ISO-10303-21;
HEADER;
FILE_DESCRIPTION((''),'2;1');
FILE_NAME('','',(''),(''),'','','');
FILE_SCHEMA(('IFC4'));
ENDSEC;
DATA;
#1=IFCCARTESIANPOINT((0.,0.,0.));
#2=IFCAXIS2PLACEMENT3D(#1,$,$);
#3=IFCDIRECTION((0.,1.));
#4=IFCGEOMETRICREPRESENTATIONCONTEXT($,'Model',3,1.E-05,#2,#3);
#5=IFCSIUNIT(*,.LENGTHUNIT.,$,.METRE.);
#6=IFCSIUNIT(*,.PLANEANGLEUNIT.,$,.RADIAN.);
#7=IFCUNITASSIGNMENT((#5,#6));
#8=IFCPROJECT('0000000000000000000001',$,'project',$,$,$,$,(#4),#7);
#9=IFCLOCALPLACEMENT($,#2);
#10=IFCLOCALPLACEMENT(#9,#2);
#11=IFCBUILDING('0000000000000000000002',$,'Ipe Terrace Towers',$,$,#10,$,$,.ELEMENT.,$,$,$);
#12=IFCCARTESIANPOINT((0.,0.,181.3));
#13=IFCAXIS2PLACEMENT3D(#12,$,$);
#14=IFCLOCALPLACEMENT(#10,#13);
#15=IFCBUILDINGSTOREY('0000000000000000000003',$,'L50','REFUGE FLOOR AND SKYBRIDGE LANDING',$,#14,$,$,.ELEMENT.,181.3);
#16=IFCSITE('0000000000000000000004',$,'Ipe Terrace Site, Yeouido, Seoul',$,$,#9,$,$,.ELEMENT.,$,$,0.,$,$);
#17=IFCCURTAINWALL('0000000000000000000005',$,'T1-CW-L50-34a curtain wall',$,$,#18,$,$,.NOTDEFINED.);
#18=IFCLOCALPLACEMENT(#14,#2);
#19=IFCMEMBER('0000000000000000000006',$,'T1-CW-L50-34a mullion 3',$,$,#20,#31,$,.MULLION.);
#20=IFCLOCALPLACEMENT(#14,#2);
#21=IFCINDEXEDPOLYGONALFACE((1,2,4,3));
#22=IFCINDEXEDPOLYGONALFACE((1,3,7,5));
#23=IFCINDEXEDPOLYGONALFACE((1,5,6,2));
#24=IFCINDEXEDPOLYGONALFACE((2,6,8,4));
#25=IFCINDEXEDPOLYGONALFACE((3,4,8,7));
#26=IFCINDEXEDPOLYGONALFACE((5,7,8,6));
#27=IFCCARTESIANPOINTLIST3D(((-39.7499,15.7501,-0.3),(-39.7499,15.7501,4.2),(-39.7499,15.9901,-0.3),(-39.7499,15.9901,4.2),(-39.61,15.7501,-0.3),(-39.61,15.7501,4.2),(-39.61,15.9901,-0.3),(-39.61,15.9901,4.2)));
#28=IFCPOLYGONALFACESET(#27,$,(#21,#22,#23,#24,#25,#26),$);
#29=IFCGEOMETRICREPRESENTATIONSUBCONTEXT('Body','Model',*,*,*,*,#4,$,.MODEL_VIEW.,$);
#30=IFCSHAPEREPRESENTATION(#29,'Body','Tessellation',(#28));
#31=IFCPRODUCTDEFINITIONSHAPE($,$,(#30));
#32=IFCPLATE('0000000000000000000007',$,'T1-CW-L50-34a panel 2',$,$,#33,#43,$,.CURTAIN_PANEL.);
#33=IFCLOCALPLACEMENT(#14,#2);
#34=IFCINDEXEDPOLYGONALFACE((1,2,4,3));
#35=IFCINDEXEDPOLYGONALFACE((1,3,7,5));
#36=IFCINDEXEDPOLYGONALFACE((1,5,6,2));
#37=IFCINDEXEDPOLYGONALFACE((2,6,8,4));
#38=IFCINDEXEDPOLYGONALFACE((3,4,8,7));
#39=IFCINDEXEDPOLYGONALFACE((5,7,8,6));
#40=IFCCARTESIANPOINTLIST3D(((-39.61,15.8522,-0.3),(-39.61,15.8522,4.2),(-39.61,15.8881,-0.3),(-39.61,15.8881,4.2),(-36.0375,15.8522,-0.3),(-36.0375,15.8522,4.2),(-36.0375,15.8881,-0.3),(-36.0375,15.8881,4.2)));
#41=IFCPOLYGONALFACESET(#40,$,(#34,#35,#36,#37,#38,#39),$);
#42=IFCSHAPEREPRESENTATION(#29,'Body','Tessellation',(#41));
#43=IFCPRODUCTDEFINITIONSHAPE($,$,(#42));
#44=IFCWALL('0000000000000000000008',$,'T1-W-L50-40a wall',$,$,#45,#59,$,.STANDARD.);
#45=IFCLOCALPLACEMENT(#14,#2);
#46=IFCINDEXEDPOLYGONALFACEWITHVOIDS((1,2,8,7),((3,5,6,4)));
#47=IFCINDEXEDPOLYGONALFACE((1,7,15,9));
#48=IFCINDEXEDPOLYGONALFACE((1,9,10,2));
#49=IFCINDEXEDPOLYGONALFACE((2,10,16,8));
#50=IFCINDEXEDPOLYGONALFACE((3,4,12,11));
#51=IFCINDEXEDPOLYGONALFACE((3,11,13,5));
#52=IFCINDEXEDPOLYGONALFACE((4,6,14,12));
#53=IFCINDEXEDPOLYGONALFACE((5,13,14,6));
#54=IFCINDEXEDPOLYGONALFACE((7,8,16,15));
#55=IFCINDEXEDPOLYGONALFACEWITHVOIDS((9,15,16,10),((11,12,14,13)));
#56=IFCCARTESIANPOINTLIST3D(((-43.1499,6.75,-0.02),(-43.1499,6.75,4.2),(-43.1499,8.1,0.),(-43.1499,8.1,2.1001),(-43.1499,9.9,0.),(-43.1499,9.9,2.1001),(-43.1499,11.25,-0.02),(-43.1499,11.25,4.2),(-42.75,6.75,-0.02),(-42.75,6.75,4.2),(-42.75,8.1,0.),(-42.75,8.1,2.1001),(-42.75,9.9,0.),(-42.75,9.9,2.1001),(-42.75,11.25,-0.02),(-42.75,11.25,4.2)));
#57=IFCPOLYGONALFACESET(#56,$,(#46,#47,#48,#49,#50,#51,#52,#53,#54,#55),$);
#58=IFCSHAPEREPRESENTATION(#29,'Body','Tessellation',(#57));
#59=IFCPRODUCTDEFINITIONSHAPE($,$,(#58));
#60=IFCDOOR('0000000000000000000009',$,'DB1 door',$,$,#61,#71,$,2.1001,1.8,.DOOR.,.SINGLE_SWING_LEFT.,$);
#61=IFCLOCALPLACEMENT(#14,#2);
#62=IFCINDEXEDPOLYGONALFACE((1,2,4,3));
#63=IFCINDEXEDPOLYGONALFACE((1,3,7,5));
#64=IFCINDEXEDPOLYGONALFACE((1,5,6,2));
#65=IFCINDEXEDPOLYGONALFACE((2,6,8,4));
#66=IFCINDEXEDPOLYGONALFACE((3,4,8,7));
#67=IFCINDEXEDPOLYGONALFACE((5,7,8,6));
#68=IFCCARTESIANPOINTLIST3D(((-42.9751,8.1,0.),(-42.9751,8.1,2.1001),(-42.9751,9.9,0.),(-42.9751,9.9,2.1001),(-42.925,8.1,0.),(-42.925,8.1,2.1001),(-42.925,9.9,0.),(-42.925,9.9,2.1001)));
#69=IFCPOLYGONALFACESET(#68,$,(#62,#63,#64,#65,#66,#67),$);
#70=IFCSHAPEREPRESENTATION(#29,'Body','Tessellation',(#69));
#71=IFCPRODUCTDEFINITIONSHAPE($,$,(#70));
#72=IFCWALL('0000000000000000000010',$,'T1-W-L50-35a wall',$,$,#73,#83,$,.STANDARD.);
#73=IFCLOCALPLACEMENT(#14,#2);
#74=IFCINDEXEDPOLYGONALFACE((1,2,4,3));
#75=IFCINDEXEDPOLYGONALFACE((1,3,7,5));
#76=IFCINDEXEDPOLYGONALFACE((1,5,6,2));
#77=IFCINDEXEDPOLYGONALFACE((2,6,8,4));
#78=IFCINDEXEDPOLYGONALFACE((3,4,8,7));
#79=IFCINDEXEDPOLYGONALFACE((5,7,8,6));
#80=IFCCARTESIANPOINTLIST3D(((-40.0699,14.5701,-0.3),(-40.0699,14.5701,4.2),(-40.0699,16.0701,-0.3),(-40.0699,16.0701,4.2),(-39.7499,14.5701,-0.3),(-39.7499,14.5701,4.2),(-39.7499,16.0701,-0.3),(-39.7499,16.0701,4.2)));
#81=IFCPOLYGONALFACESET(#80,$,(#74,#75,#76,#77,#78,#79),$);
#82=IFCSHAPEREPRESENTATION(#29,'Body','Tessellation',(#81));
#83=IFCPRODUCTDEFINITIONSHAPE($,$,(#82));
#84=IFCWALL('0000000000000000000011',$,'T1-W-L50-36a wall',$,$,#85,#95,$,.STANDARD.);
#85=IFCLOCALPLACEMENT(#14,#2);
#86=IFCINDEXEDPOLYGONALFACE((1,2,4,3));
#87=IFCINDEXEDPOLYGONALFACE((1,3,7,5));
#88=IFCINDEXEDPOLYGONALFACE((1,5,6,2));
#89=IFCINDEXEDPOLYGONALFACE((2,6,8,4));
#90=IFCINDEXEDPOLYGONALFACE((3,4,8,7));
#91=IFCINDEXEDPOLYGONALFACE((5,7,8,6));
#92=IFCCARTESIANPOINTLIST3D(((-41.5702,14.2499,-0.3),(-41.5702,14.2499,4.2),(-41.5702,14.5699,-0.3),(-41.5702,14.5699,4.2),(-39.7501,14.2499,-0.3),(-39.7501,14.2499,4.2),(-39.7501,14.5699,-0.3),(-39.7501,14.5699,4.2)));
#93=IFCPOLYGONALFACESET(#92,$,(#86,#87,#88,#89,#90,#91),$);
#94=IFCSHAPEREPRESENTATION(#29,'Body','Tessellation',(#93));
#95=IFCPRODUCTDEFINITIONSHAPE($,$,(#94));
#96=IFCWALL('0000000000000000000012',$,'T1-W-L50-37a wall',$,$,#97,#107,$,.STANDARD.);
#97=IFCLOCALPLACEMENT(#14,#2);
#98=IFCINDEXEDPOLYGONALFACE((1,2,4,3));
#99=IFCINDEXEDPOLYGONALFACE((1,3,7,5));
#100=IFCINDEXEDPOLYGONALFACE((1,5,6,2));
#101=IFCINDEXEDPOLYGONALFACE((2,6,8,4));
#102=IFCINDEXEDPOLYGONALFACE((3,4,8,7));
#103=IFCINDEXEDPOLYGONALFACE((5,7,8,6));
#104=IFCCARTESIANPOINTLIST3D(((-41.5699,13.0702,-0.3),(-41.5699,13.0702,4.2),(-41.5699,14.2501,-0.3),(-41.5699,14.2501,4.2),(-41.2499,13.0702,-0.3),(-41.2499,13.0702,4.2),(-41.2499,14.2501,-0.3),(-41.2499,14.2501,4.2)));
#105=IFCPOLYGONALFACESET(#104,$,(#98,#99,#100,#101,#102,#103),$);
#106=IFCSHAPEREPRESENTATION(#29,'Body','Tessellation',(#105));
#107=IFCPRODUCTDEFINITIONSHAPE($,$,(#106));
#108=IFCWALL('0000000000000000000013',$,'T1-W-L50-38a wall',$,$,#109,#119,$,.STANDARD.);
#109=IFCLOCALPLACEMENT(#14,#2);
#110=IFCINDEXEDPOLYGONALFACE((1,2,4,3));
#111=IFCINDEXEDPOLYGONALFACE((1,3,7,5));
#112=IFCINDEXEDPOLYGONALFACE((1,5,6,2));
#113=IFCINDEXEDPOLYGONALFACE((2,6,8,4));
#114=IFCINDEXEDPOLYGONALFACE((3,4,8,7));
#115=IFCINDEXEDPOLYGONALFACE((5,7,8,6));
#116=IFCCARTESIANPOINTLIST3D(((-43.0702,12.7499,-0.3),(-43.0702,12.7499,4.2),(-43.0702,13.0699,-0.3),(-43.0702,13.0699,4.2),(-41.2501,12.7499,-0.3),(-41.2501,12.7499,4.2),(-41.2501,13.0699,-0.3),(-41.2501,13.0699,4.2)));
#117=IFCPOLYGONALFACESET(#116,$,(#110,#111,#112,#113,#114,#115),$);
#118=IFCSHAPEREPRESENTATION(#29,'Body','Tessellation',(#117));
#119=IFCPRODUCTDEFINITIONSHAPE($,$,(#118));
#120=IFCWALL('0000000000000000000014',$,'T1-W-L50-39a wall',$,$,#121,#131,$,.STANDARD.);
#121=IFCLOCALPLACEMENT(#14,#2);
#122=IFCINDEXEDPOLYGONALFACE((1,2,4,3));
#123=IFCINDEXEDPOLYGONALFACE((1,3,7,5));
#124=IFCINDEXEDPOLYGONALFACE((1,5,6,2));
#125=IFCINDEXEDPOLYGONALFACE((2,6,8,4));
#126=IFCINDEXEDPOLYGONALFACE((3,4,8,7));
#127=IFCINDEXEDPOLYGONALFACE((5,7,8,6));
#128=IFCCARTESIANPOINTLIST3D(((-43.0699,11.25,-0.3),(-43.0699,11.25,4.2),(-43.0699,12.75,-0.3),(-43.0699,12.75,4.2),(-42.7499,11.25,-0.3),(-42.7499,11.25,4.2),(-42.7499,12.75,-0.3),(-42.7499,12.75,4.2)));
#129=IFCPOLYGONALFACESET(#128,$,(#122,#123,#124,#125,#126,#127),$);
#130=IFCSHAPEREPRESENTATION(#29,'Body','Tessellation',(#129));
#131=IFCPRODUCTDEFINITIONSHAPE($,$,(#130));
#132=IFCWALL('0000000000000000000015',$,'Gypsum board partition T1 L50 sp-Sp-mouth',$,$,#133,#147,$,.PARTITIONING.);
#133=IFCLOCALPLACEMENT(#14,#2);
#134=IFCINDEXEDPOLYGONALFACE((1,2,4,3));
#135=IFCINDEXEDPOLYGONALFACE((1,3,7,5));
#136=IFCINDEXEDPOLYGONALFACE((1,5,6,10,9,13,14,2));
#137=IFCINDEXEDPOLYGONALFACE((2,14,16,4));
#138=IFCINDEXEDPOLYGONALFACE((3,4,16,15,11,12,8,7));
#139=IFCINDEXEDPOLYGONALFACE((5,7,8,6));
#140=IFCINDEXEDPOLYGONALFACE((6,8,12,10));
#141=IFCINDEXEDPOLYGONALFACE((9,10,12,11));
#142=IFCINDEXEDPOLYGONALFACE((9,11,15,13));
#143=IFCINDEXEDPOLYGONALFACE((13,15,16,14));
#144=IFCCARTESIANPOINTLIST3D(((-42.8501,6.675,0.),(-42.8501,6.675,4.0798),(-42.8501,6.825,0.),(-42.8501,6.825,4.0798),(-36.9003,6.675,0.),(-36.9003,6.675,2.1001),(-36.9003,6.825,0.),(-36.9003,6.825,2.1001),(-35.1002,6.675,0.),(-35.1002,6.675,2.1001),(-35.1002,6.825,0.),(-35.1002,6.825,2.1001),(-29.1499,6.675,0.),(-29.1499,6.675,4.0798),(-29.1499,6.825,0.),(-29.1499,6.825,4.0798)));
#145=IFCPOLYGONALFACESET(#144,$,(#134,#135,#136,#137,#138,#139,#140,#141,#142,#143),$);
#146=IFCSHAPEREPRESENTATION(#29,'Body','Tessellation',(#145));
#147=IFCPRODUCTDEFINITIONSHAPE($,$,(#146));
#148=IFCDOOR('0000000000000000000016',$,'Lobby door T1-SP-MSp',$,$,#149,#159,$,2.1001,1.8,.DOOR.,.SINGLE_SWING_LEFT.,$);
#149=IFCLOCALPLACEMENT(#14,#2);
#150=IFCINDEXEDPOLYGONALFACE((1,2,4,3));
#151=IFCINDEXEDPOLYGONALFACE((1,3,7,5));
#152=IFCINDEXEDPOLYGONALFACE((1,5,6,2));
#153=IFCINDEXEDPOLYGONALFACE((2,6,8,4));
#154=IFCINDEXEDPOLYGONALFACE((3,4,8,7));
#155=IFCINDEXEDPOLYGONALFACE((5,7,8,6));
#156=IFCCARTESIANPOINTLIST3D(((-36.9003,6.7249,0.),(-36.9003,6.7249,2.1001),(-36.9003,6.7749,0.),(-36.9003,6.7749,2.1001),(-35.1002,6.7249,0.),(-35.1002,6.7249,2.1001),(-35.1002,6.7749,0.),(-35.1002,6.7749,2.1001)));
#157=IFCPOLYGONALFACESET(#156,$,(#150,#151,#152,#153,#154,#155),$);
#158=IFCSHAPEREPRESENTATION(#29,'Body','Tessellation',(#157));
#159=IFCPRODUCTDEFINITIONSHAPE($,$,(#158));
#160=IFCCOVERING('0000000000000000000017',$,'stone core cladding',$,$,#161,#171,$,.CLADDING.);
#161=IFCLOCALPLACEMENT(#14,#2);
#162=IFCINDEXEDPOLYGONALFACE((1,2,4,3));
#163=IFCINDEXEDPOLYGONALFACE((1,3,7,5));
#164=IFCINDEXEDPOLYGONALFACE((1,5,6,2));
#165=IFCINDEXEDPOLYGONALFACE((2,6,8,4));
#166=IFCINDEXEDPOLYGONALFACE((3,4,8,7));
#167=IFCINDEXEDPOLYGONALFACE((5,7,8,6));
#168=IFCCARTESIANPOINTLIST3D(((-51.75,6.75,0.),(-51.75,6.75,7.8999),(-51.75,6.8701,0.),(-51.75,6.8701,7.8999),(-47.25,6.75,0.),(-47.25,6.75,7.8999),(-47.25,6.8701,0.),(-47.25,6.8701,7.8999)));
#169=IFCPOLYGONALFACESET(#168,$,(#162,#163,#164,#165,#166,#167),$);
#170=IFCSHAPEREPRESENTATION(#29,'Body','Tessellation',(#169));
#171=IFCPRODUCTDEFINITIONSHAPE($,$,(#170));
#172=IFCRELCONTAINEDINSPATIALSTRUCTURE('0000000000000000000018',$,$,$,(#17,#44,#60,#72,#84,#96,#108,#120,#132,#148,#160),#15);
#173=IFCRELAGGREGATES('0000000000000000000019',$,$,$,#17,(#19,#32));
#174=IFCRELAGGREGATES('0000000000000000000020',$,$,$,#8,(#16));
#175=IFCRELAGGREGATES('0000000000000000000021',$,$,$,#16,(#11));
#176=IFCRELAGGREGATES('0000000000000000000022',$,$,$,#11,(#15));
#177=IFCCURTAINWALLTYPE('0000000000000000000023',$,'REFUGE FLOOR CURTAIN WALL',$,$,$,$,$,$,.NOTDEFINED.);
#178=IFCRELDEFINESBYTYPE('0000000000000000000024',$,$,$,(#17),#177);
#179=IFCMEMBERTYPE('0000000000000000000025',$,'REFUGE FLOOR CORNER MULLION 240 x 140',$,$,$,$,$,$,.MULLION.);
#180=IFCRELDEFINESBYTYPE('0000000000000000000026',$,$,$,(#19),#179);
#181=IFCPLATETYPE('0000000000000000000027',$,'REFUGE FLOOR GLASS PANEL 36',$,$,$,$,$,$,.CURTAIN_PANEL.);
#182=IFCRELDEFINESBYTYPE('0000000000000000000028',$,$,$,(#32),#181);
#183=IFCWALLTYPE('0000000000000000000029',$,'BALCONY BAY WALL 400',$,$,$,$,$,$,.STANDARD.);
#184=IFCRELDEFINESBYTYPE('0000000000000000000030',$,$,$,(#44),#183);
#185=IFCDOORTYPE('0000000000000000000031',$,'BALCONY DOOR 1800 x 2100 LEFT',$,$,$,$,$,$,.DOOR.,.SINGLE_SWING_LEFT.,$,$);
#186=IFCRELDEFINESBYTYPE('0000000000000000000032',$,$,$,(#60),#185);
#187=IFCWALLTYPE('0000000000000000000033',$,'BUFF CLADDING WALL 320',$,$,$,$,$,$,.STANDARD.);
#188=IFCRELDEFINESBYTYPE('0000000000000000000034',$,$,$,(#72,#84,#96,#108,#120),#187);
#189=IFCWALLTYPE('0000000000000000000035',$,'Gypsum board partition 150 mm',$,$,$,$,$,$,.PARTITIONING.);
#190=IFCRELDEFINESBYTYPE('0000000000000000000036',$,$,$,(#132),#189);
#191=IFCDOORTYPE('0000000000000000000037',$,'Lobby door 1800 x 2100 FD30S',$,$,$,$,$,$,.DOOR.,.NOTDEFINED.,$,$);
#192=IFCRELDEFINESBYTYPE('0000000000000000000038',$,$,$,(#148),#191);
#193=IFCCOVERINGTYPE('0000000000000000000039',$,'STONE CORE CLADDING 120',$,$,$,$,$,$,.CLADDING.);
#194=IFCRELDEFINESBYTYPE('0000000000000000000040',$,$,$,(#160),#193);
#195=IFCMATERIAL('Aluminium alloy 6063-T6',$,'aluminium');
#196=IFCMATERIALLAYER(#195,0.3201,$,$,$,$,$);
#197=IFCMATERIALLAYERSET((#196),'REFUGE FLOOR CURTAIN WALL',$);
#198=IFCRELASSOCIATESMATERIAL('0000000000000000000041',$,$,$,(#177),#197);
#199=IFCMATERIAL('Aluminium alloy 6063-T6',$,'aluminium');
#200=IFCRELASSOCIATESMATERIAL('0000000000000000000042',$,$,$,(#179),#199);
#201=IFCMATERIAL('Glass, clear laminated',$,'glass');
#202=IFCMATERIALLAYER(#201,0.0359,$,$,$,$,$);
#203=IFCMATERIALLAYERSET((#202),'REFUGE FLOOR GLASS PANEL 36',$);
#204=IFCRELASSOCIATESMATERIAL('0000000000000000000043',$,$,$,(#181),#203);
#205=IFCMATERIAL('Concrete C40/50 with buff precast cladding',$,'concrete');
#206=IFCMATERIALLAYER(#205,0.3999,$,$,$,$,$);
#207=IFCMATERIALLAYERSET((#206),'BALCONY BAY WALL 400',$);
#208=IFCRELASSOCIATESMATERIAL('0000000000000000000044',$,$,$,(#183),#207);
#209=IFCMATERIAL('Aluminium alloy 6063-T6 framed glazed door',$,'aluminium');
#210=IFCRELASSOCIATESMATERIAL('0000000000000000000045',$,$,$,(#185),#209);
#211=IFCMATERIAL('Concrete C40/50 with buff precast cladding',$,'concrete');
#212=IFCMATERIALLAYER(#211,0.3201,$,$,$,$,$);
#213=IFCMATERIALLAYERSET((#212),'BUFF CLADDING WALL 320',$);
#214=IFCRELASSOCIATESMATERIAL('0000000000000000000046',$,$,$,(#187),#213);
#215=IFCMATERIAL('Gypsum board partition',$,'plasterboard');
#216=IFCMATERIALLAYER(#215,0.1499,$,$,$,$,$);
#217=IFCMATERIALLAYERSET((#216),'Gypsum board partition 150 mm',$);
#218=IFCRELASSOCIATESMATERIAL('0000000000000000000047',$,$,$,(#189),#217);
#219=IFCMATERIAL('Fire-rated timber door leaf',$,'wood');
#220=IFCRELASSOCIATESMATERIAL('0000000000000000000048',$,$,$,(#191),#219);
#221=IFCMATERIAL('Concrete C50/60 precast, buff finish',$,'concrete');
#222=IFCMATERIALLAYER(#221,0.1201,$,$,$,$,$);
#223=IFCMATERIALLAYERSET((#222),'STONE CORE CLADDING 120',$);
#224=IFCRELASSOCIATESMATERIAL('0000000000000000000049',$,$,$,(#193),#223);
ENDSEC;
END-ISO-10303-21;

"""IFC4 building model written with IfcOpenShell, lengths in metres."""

from ifc_helpers import new_model, si_unit, direction, frame, frame_2d, origin, origin_2d, place, context, subcontext, project, spatial, rectangle, extrude, material, layer, layer_set, material_profile, profile_set, type_object, element, fill, aggregate, save


model = new_model("IFC4")

# Units and contexts
model_context = context("Model", 3, precision=1e-05, world=origin(), true_north=direction((0.0, 1.0)))
body_context = subcontext(model_context, "Body", "Model", "MODEL_VIEW")
ifc_project = project(units=[si_unit("LENGTHUNIT", "METRE"), si_unit("PLANEANGLEUNIT", "RADIAN")], contexts=[model_context])

# Site, building, storey
site_placement = place(None, origin())
site = spatial("IfcSite", under=ifc_project, at=site_placement, Name="Ipe Terrace Site, Yeouido, Seoul", CompositionType="ELEMENT", RefElevation=0.0)
building_placement = place(site_placement, origin())
building = spatial("IfcBuilding", under=site, at=building_placement, Name="Ipe Terrace Towers", CompositionType="ELEMENT")
storey_placement = place(building_placement, frame((0.0, 0.0, 181.3)))
storey = spatial("IfcBuildingStorey", under=building, at=storey_placement, Name="L50", Description="REFUGE FLOOR AND SKYBRIDGE LANDING", CompositionType="ELEMENT", Elevation=181.3)

# Curtain wall, member, plate
ifc_material_1 = material(Name="Aluminium alloy 6063-T6", Category="aluminium")
ifc_layer_1 = layer(ifc_material_1, 0.3201)
ifc_layer_set_1 = layer_set([ifc_layer_1], Name="REFUGE FLOOR CURTAIN WALL")
curtain_wall_type = type_object("IfcCurtainWallType", Name="REFUGE FLOOR CURTAIN WALL", PredefinedType="NOTDEFINED", material=ifc_layer_set_1)
curtain_wall_placement = place(storey_placement, origin())
curtain_wall = element("IfcCurtainWall", 1, at=curtain_wall_placement, inside=storey, type_object=curtain_wall_type, Name="T1-CW-L50-34a curtain wall", PredefinedType="NOTDEFINED")
ifc_material_2 = material(Name="Aluminium alloy 6063-T6", Category="aluminium")
ifc_material_profile_1 = material_profile(ifc_material_2, rectangle(XDim=0.24, YDim=0.1399, at=origin_2d()), Name="REFUGE FLOOR CORNER MULLION 240 x 140")
ifc_profile_set_1 = profile_set([ifc_material_profile_1], Name="Aluminium alloy 6063-T6")
member_type_1 = type_object("IfcMemberType", Name="REFUGE FLOOR CORNER MULLION 240 x 140", PredefinedType="MULLION", material=ifc_profile_set_1)
member_1_placement = place(storey_placement, frame((-39.6799, 15.8701, -0.3), z_axis=(0.0, 0.0, 1.0), x_axis=(0.0, 1.0, 0.0)))
member_1 = element("IfcMember", 2, at=member_1_placement, type_object=member_type_1, Name="T1-CW-L50-34a mullion 3", PredefinedType="MULLION", context=body_context, shape_type="SweptSolid", body=[
    extrude(rectangle(XDim=0.24, YDim=0.1399, at=origin_2d()), origin(), (0.0, 0.0, 1.0), 4.5),
])
ifc_material_3 = material(Name="Glass, clear laminated", Category="glass")
ifc_layer_2 = layer(ifc_material_3, 0.0359)
ifc_layer_set_2 = layer_set([ifc_layer_2], Name="REFUGE FLOOR GLASS PANEL 36")
plate_type = type_object("IfcPlateType", Name="REFUGE FLOOR GLASS PANEL 36", PredefinedType="CURTAIN_PANEL", material=ifc_layer_set_2)
plate_placement = place(storey_placement, frame((-37.8237, 15.8701, -0.3), z_axis=(0.0, 0.0, 1.0), x_axis=(-1.0, 0.0, 0.0)))
plate = element("IfcPlate", 3, at=plate_placement, type_object=plate_type, Name="T1-CW-L50-34a panel 2", PredefinedType="CURTAIN_PANEL", context=body_context, shape_type="SweptSolid", body=[
    extrude(rectangle(XDim=3.5725, YDim=0.0359, at=origin_2d()), origin(), (0.0, 0.0, 1.0), 4.5),
])
aggregate(curtain_wall, [member_1, plate])

# Wall, opening, door
ifc_material_4 = material(Name="Concrete C40/50 with buff precast cladding", Category="concrete")
ifc_layer_3 = layer(ifc_material_4, 0.3999)
ifc_layer_set_3 = layer_set([ifc_layer_3], Name="BALCONY BAY WALL 400")
wall_type_1 = type_object("IfcWallType", Name="BALCONY BAY WALL 400", PredefinedType="STANDARD", material=ifc_layer_set_3)
wall_1_placement = place(storey_placement, frame((-42.95, 11.25, -0.02), z_axis=(0.0, 0.0, 1.0), x_axis=(0.0, -1.0, 0.0)))
wall_1 = element("IfcWall", 4, at=wall_1_placement, inside=storey, type_object=wall_type_1, Name="T1-W-L50-40a wall", PredefinedType="STANDARD", context=body_context, shape_type="SweptSolid", body=[
    extrude(rectangle(XDim=4.5, YDim=0.3999, at=frame_2d((2.25, 0.0))), origin(), (0.0, 0.0, 1.0), 4.22),
])
opening_1_placement = place(wall_1_placement, frame((1.3501, 0.0, 0.02)))
opening_1 = element("IfcOpeningElement", 5, at=opening_1_placement, cuts=wall_1, PredefinedType="OPENING", context=body_context, shape_type="SweptSolid", body=[
    extrude(rectangle(XDim=1.8, YDim=2.1001, at=frame_2d((0.8999, 1.05))), frame((0.0, 0.21, 0.0), z_axis=(0.0, -1.0, 0.0), x_axis=(1.0, 0.0, 0.0)), (0.0, 0.0, 1.0), 0.4199),
])
ifc_material_5 = material(Name="Aluminium alloy 6063-T6 framed glazed door", Category="aluminium")
door_type_1 = type_object("IfcDoorType", Name="BALCONY DOOR 1800 x 2100 LEFT", OperationType="SINGLE_SWING_LEFT", PredefinedType="DOOR", material=ifc_material_5)
door_1_placement = place(opening_1_placement, origin())
door_1 = element("IfcDoor", 6, at=door_1_placement, inside=storey, type_object=door_type_1, Name="DB1 door", OperationType="SINGLE_SWING_LEFT", OverallHeight=2.1001, OverallWidth=1.8, PredefinedType="DOOR", context=body_context, shape_type="SweptSolid", body=[
    extrude(rectangle(XDim=1.8, YDim=2.1001, at=frame_2d((0.8999, 1.05))), frame((0.0, 0.0249, 0.0), z_axis=(0.0, -1.0, 0.0), x_axis=(1.0, 0.0, 0.0)), (0.0, 0.0, 1.0), 0.05),
])
fill(opening_1, door_1)

# Walls
ifc_material_6 = material(Name="Concrete C40/50 with buff precast cladding", Category="concrete")
ifc_layer_4 = layer(ifc_material_6, 0.3201)
ifc_layer_set_4 = layer_set([ifc_layer_4], Name="BUFF CLADDING WALL 320")
wall_type_2 = type_object("IfcWallType", Name="BUFF CLADDING WALL 320", PredefinedType="STANDARD", material=ifc_layer_set_4)
wall_2_placement = place(storey_placement, frame((-39.9099, 16.0701, -0.3), z_axis=(0.0, 0.0, 1.0), x_axis=(0.0, -1.0, 0.0)))
element("IfcWall", 7, at=wall_2_placement, inside=storey, type_object=wall_type_2, Name="T1-W-L50-35a wall", PredefinedType="STANDARD", context=body_context, shape_type="SweptSolid", body=[
    extrude(rectangle(XDim=1.5, YDim=0.3201, at=frame_2d((0.75, 0.0))), origin(), (0.0, 0.0, 1.0), 4.5),
])
wall_3_placement = place(storey_placement, frame((-39.75, 14.4099, -0.3), z_axis=(0.0, 0.0, 1.0), x_axis=(-1.0, 0.0, 0.0)))
element("IfcWall", 8, at=wall_3_placement, inside=storey, type_object=wall_type_2, Name="T1-W-L50-36a wall", PredefinedType="STANDARD", context=body_context, shape_type="SweptSolid", body=[
    extrude(rectangle(XDim=1.8201, YDim=0.3201, at=frame_2d((0.9102, 0.0))), origin(), (0.0, 0.0, 1.0), 4.5),
])
wall_4_placement = place(storey_placement, frame((-41.4099, 14.25, -0.3), z_axis=(0.0, 0.0, 1.0), x_axis=(0.0, -1.0, 0.0)))
element("IfcWall", 9, at=wall_4_placement, inside=storey, type_object=wall_type_2, Name="T1-W-L50-37a wall", PredefinedType="STANDARD", context=body_context, shape_type="SweptSolid", body=[
    extrude(rectangle(XDim=1.1799, YDim=0.3201, at=frame_2d((0.5898, 0.0))), origin(), (0.0, 0.0, 1.0), 4.5),
])
wall_5_placement = place(storey_placement, frame((-41.25, 12.9099, -0.3), z_axis=(0.0, 0.0, 1.0), x_axis=(-1.0, 0.0, 0.0)))
element("IfcWall", 10, at=wall_5_placement, inside=storey, type_object=wall_type_2, Name="T1-W-L50-38a wall", PredefinedType="STANDARD", context=body_context, shape_type="SweptSolid", body=[
    extrude(rectangle(XDim=1.8201, YDim=0.3201, at=frame_2d((0.9102, 0.0))), origin(), (0.0, 0.0, 1.0), 4.5),
])
wall_6_placement = place(storey_placement, frame((-42.9099, 12.75, -0.3), z_axis=(0.0, 0.0, 1.0), x_axis=(0.0, -1.0, 0.0)))
element("IfcWall", 11, at=wall_6_placement, inside=storey, type_object=wall_type_2, Name="T1-W-L50-39a wall", PredefinedType="STANDARD", context=body_context, shape_type="SweptSolid", body=[
    extrude(rectangle(XDim=1.5, YDim=0.3201, at=frame_2d((0.75, 0.0))), origin(), (0.0, 0.0, 1.0), 4.5),
])

# Wall, opening, door
ifc_material_7 = material(Name="Gypsum board partition", Category="plasterboard")
ifc_layer_5 = layer(ifc_material_7, 0.1499)
ifc_layer_set_5 = layer_set([ifc_layer_5], Name="Gypsum board partition 150 mm")
wall_type_3 = type_object("IfcWallType", Name="Gypsum board partition 150 mm", PredefinedType="PARTITIONING", material=ifc_layer_set_5)
wall_7_placement = place(storey_placement, frame((-42.8501, 6.75, 0.0), z_axis=(0.0, 0.0, 1.0), x_axis=(1.0, 0.0, 0.0)))
wall_7 = element("IfcWall", 12, at=wall_7_placement, inside=storey, type_object=wall_type_3, Name="Gypsum board partition T1 L50 sp-Sp-mouth", PredefinedType="PARTITIONING", context=body_context, shape_type="SweptSolid", body=[
    extrude(rectangle(XDim=13.7002, YDim=0.1499, at=frame_2d((6.8501, 0.0))), origin(), (0.0, 0.0, 1.0), 4.0798),
])
opening_2_placement = place(wall_7_placement, frame((5.95, 0.0, 0.0)))
opening_2 = element("IfcOpeningElement", 13, at=opening_2_placement, cuts=wall_7, PredefinedType="OPENING", context=body_context, shape_type="SweptSolid", body=[
    extrude(rectangle(XDim=1.8, YDim=2.1001, at=frame_2d((0.8999, 1.05))), frame((0.0, 0.085, 0.0), z_axis=(0.0, -1.0, 0.0), x_axis=(1.0, 0.0, 0.0)), (0.0, 0.0, 1.0), 0.1699),
])
ifc_material_8 = material(Name="Fire-rated timber door leaf", Category="wood")
door_type_2 = type_object("IfcDoorType", Name="Lobby door 1800 x 2100 FD30S", OperationType="NOTDEFINED", PredefinedType="DOOR", material=ifc_material_8)
door_2_placement = place(opening_2_placement, origin())
door_2 = element("IfcDoor", 14, at=door_2_placement, inside=storey, type_object=door_type_2, Name="Lobby door T1-SP-MSp", OperationType="SINGLE_SWING_LEFT", OverallHeight=2.1001, OverallWidth=1.8, PredefinedType="DOOR", context=body_context, shape_type="SweptSolid", body=[
    extrude(rectangle(XDim=1.8, YDim=2.1001, at=frame_2d((0.8999, 1.05))), frame((0.0, 0.0249, 0.0), z_axis=(0.0, -1.0, 0.0), x_axis=(1.0, 0.0, 0.0)), (0.0, 0.0, 1.0), 0.05),
])
fill(opening_2, door_2)

# Covering
ifc_material_9 = material(Name="Concrete C50/60 precast, buff finish", Category="concrete")
ifc_layer_6 = layer(ifc_material_9, 0.1201)
ifc_layer_set_6 = layer_set([ifc_layer_6], Name="STONE CORE CLADDING 120")
covering_type_1 = type_object("IfcCoveringType", Name="STONE CORE CLADDING 120", PredefinedType="CLADDING", material=ifc_layer_set_6)
covering_1_placement = place(storey_placement, frame((-49.5, 6.8101, 0.0), z_axis=(0.0, 0.0, 1.0), x_axis=(-1.0, 0.0, 0.0)))
element("IfcCovering", 15, at=covering_1_placement, inside=storey, type_object=covering_type_1, Name="stone core cladding", PredefinedType="CLADDING", context=body_context, shape_type="SweptSolid", body=[
    extrude(rectangle(XDim=4.5, YDim=0.1201, at=origin_2d()), origin(), (0.0, 0.0, 1.0), 7.8999),
])

save(model, "model.ifc")
